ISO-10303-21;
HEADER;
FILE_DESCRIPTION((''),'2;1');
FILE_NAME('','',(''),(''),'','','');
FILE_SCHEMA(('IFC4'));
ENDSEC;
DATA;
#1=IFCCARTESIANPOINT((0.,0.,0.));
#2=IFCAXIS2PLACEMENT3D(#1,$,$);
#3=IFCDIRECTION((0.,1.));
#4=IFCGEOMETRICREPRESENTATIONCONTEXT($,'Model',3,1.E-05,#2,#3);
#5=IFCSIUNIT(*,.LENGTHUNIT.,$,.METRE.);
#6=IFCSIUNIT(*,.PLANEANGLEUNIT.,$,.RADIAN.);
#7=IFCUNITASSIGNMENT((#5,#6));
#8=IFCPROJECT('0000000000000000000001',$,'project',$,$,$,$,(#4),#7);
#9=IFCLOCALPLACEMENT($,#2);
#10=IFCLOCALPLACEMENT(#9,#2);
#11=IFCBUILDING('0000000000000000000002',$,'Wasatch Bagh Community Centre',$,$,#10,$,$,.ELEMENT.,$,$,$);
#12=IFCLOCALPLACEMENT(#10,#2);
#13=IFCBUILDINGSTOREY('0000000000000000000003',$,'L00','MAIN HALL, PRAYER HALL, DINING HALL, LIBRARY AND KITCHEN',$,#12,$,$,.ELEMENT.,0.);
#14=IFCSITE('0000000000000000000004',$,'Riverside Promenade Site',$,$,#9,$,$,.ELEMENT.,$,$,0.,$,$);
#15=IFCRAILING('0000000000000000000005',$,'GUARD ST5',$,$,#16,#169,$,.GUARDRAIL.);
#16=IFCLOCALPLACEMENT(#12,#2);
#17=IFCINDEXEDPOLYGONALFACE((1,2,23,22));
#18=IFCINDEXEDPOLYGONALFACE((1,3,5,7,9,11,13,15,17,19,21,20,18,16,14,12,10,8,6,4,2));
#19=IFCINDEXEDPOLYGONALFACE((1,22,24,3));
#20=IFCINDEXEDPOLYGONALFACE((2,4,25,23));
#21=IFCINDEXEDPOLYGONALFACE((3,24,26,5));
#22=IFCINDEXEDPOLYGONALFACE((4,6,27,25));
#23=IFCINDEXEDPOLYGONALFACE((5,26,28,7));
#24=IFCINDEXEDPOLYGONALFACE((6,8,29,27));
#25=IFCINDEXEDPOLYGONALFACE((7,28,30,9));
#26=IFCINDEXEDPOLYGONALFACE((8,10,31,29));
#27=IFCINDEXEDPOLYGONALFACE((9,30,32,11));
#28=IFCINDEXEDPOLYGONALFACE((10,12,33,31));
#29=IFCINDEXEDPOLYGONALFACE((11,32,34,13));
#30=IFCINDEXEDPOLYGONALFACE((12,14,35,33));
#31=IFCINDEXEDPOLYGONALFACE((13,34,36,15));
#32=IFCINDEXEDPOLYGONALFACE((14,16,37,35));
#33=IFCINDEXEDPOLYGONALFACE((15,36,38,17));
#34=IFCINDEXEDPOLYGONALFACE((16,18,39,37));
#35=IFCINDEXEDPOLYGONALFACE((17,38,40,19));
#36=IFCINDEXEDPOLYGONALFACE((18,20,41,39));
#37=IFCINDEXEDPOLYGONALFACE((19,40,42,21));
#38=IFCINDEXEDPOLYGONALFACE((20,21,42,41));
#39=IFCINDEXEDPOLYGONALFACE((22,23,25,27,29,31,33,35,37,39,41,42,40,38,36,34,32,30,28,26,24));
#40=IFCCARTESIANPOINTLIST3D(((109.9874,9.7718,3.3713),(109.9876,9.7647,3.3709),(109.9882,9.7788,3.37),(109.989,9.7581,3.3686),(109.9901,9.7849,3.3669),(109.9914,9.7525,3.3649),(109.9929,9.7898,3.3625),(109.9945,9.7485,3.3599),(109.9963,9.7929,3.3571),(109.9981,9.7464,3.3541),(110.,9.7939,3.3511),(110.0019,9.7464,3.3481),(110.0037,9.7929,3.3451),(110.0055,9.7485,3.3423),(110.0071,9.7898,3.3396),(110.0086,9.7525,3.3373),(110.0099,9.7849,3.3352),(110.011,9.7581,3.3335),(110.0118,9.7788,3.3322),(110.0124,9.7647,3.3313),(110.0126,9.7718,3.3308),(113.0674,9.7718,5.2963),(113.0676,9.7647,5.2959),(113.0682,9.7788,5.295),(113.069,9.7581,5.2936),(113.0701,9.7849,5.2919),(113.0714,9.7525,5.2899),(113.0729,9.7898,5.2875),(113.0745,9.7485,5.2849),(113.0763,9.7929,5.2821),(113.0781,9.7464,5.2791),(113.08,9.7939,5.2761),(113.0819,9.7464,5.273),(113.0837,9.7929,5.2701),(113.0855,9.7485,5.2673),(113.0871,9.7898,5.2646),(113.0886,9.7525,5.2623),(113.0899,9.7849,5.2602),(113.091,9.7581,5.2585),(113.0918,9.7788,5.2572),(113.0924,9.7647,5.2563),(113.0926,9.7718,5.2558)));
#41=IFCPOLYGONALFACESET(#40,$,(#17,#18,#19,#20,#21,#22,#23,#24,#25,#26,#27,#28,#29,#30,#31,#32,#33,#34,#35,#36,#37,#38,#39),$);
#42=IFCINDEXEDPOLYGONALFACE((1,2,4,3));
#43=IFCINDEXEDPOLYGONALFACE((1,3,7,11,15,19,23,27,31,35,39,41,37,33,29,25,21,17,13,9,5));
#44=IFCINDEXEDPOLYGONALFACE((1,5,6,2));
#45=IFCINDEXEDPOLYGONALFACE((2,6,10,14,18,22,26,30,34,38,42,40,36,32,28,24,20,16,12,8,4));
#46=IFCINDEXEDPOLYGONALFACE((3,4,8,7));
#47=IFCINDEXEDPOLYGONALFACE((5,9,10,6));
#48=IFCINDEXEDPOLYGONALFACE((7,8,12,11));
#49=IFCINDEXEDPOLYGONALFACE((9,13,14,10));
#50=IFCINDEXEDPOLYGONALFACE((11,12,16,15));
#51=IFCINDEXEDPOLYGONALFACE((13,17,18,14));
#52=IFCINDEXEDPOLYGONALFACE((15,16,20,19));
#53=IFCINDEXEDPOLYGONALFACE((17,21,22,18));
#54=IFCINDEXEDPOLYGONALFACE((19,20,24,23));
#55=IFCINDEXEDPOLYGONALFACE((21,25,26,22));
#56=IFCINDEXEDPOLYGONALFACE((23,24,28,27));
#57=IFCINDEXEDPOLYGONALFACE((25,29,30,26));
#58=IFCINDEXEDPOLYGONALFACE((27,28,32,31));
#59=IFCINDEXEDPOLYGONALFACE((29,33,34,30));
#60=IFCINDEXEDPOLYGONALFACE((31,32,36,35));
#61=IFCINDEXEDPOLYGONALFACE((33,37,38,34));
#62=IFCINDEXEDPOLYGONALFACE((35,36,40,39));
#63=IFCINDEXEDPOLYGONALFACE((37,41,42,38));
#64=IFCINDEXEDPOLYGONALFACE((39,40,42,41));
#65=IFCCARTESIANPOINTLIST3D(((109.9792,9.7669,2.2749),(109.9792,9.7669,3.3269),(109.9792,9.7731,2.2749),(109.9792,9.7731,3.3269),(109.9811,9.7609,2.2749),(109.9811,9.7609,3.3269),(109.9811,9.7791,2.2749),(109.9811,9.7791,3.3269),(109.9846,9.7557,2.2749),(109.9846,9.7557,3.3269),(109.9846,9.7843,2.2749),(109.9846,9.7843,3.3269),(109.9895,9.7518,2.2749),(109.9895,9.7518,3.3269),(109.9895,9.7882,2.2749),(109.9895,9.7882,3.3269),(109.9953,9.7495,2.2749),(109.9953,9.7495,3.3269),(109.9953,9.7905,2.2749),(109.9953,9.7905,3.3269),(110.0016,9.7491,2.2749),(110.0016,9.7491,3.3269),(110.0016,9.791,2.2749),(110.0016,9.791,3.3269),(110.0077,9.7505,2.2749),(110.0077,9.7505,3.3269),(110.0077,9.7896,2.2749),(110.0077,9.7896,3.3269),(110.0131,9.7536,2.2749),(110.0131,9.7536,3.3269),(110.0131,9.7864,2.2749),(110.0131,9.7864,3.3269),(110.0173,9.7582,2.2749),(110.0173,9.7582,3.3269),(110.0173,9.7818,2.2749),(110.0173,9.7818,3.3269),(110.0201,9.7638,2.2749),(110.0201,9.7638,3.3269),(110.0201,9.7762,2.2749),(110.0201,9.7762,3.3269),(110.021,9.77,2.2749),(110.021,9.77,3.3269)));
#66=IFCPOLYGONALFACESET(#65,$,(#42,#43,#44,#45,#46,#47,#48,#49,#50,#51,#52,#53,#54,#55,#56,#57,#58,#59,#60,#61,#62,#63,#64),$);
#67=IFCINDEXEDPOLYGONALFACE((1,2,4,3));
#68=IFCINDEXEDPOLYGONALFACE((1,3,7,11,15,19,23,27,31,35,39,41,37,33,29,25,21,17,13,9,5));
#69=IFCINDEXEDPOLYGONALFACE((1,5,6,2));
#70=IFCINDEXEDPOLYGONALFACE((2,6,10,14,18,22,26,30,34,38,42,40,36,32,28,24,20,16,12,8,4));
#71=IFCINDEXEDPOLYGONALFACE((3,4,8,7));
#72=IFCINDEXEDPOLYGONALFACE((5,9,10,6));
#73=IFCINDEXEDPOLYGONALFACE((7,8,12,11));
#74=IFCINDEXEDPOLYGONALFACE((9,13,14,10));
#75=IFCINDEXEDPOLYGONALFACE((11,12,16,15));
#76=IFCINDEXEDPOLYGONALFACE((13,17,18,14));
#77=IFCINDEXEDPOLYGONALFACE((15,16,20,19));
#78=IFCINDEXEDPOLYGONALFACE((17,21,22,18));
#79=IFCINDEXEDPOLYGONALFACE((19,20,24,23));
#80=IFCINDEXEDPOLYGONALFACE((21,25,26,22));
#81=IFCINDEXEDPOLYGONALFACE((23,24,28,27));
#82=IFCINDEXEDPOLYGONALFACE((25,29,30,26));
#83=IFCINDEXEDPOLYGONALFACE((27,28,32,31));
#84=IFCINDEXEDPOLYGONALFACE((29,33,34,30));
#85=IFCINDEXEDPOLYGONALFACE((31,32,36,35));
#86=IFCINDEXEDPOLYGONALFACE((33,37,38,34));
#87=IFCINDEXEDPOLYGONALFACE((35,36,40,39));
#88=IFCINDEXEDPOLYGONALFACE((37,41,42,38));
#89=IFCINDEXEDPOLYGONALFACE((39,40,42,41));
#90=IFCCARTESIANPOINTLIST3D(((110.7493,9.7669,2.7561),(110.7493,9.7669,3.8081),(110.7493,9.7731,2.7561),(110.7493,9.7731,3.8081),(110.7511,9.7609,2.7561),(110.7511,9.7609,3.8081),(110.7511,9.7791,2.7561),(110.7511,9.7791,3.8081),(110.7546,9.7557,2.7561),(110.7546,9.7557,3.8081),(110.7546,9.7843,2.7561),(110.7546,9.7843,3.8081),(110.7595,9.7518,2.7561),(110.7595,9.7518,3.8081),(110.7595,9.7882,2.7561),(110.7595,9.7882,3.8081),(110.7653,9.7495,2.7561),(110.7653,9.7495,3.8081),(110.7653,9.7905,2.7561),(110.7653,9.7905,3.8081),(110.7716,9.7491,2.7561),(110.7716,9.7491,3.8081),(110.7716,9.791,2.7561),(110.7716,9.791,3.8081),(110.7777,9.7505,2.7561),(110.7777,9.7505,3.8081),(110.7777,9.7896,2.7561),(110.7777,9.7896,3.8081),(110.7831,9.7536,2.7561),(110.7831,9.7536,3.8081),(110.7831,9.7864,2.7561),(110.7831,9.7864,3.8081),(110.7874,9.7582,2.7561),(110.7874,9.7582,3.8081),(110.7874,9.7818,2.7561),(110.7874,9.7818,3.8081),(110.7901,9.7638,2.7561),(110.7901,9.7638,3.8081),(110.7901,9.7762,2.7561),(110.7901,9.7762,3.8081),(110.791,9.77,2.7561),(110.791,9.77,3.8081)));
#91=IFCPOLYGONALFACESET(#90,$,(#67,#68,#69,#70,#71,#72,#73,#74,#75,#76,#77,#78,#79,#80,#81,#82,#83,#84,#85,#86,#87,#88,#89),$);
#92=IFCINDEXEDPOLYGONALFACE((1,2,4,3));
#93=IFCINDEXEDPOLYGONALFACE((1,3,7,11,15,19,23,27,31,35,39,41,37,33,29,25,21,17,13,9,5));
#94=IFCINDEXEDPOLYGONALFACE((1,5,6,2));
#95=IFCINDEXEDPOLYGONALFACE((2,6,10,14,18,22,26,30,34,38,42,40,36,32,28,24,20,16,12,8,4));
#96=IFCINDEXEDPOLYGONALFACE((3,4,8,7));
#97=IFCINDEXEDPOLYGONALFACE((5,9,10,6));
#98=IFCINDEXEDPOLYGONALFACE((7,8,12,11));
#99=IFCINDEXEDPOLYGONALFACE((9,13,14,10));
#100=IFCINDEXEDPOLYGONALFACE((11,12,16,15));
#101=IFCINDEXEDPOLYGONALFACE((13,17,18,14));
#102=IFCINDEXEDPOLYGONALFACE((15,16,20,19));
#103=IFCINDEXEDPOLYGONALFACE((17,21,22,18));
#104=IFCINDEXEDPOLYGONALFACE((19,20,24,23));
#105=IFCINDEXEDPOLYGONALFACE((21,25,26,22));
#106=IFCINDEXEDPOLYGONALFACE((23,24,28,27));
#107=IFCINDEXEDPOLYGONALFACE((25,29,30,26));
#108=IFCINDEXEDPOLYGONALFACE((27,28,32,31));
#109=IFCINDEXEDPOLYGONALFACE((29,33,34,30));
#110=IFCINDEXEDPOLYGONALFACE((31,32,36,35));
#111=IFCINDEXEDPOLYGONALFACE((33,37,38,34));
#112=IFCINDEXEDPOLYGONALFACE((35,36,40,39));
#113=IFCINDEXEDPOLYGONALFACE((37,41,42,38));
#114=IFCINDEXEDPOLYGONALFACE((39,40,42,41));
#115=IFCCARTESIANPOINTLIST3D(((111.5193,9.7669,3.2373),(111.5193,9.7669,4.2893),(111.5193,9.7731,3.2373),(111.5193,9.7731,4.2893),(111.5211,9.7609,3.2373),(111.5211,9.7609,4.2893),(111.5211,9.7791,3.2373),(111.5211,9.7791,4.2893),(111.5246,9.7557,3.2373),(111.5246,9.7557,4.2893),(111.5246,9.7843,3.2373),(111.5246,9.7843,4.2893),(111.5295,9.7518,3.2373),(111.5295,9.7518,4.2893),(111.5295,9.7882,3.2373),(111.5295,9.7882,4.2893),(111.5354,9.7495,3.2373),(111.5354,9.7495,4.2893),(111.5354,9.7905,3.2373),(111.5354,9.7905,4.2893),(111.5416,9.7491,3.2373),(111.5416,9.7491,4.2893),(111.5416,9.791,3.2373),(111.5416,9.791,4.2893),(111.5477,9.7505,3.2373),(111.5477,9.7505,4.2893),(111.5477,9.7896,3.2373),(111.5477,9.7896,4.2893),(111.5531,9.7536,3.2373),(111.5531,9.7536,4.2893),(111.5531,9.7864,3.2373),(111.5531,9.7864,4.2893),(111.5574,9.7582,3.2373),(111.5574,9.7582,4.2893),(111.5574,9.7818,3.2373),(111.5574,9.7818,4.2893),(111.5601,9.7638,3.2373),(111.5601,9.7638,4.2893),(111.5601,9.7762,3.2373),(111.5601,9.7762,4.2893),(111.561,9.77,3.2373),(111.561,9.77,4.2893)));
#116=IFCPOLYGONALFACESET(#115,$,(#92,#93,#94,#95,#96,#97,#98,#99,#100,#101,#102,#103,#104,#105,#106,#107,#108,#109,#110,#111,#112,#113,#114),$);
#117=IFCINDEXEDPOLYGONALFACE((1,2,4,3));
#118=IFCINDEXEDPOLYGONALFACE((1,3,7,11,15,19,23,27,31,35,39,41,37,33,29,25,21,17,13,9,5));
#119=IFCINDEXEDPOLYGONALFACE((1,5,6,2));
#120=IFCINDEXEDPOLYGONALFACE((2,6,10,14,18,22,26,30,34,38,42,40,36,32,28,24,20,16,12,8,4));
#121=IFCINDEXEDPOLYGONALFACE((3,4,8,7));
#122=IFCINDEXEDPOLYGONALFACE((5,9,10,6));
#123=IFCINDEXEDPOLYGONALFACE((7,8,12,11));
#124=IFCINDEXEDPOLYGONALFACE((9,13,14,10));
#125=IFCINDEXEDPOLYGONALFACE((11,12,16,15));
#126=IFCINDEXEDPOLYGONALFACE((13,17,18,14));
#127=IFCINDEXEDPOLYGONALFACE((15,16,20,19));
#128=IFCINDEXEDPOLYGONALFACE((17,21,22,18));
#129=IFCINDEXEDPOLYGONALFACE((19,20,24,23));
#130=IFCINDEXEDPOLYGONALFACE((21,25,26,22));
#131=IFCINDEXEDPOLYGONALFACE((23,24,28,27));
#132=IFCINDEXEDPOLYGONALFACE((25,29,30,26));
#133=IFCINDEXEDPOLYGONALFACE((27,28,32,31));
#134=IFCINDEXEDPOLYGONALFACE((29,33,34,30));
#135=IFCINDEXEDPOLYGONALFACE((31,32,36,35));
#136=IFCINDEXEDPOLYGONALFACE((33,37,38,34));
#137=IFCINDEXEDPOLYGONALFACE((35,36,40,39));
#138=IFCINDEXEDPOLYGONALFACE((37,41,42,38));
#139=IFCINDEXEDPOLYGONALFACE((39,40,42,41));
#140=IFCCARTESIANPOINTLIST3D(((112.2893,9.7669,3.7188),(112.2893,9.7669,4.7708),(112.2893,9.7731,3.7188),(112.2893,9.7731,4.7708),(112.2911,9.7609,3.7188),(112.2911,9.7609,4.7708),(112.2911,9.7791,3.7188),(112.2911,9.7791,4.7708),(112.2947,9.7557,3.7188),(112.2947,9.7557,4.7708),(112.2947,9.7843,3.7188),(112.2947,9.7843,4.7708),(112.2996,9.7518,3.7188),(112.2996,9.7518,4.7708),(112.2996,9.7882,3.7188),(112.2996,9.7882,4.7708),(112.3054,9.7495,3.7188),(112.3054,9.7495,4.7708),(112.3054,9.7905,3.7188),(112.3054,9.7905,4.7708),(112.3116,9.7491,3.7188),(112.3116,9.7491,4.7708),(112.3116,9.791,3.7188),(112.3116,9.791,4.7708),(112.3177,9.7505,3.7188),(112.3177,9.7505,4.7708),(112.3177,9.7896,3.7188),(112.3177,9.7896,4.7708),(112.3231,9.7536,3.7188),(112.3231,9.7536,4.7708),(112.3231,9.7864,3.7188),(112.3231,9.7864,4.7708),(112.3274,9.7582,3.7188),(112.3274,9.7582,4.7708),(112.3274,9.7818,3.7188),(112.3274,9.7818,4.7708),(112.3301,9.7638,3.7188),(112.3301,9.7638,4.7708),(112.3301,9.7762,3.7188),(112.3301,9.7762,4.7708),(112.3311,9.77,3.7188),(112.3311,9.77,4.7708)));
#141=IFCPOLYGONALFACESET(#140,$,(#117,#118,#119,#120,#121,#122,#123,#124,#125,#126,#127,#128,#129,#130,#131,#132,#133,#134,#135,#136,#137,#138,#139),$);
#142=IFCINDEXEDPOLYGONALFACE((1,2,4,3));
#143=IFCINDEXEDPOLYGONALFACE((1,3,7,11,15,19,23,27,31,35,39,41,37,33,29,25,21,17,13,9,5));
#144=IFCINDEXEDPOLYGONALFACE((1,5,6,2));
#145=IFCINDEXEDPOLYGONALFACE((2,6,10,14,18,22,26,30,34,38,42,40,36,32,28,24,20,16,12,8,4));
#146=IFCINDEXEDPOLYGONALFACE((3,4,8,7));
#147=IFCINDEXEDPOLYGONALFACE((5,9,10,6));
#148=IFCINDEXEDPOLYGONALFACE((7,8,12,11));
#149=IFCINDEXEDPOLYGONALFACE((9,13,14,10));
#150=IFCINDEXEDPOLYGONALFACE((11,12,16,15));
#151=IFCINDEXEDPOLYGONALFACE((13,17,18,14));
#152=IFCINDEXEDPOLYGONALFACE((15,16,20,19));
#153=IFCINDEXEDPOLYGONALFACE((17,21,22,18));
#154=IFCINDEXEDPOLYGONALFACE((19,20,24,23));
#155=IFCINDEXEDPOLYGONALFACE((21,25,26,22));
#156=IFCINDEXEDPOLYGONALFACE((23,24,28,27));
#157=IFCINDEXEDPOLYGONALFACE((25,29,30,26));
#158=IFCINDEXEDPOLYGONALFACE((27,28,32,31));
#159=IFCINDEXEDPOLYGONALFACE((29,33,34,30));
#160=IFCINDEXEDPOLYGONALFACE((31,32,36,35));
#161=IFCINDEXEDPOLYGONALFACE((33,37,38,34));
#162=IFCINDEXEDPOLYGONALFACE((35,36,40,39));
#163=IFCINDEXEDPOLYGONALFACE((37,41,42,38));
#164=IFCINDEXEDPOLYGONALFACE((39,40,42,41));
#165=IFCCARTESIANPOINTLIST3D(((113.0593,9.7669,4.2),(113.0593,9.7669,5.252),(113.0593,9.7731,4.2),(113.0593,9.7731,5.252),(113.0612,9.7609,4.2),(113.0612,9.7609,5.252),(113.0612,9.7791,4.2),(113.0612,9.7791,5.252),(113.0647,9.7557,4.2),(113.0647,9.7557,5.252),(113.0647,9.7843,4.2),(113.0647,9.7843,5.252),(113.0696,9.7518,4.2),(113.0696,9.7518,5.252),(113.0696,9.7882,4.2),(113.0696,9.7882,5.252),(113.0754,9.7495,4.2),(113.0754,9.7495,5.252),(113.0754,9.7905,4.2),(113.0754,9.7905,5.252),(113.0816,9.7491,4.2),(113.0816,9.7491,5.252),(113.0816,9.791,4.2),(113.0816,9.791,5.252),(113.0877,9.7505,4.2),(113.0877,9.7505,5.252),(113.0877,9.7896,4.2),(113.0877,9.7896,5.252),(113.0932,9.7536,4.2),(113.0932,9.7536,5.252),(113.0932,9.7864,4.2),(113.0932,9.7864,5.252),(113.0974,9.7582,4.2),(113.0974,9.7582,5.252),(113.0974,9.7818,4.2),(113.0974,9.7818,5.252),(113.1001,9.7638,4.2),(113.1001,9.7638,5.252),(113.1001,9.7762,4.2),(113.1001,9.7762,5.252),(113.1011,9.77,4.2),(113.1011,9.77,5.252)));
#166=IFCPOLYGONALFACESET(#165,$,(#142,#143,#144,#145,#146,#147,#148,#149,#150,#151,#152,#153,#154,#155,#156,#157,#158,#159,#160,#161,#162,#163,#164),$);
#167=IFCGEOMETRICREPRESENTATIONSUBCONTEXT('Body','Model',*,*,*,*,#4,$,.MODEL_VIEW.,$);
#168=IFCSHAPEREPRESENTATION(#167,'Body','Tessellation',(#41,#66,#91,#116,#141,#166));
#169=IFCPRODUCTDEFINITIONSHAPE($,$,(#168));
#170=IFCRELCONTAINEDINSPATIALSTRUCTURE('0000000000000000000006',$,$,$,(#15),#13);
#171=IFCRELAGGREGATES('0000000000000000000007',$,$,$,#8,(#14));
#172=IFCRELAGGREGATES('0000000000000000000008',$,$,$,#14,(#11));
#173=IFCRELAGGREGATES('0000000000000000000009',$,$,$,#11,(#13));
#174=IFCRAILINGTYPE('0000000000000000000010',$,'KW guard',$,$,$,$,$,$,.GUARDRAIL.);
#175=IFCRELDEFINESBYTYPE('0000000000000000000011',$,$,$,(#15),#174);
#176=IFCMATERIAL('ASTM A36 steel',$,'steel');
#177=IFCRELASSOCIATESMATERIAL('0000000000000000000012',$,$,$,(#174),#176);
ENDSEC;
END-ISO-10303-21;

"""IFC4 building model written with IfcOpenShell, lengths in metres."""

from ifc_helpers import new_model, si_unit, direction, frame, origin, origin_2d, place, context, subcontext, project, spatial, circle, extrude, material, type_object, element, save


model = new_model("IFC4")

# Units and contexts
model_context = context("Model", 3, precision=1e-05, world=origin(), true_north=direction((0.0, 1.0)))
body_context = subcontext(model_context, "Body", "Model", "MODEL_VIEW")
ifc_project = project(units=[si_unit("LENGTHUNIT", "METRE"), si_unit("PLANEANGLEUNIT", "RADIAN")], contexts=[model_context])

# Site, building, storey
site_placement = place(None, origin())
site = spatial("IfcSite", under=ifc_project, at=site_placement, Name="Riverside Promenade Site", CompositionType="ELEMENT", RefElevation=0.0)
building_placement = place(site_placement, origin())
building = spatial("IfcBuilding", under=site, at=building_placement, Name="Wasatch Bagh Community Centre", CompositionType="ELEMENT")
storey_placement = place(building_placement, origin())
storey = spatial("IfcBuildingStorey", under=building, at=storey_placement, Name="L00", Description="MAIN HALL, PRAYER HALL, DINING HALL, LIBRARY AND KITCHEN", CompositionType="ELEMENT", Elevation=0.0)

# Railing
ifc_material_1 = material(Name="ASTM A36 steel", Category="steel")
railing_type_1 = type_object("IfcRailingType", Name="KW guard", PredefinedType="GUARDRAIL", material=ifc_material_1)
for number, where, name in (
    (1, (110.0, 9.77, 2.2749), "GUARD ST5"),
):
    element("IfcRailing", number, at=place(storey_placement, frame(where)), inside=storey, type_object=railing_type_1, Name=name, PredefinedType="GUARDRAIL", context=body_context, shape_type="SweptSolid", body=[
        extrude(circle(Radius=0.0239, at=origin_2d()), frame((0.0, 0.0, 1.0762), z_axis=(0.847998, 0.0, 0.529999), x_axis=(0.0, 1.0, 0.0)), (0.0, 0.0, 1.0), 3.6321),
        extrude(circle(Radius=0.021, at=origin_2d()), origin(), (0.0, 0.0, 1.0), 1.052),
        extrude(circle(Radius=0.021, at=origin_2d()), frame((0.77, 0.0, 0.4812)), (0.0, 0.0, 1.0), 1.052),
        extrude(circle(Radius=0.021, at=origin_2d()), frame((1.54, 0.0, 0.9624)), (0.0, 0.0, 1.0), 1.052),
        extrude(circle(Radius=0.021, at=origin_2d()), frame((2.3101, 0.0, 1.4438)), (0.0, 0.0, 1.0), 1.052),
        extrude(circle(Radius=0.021, at=origin_2d()), frame((3.0801, 0.0, 1.925)), (0.0, 0.0, 1.0), 1.052),
    ])

save(model, "model.ifc")
